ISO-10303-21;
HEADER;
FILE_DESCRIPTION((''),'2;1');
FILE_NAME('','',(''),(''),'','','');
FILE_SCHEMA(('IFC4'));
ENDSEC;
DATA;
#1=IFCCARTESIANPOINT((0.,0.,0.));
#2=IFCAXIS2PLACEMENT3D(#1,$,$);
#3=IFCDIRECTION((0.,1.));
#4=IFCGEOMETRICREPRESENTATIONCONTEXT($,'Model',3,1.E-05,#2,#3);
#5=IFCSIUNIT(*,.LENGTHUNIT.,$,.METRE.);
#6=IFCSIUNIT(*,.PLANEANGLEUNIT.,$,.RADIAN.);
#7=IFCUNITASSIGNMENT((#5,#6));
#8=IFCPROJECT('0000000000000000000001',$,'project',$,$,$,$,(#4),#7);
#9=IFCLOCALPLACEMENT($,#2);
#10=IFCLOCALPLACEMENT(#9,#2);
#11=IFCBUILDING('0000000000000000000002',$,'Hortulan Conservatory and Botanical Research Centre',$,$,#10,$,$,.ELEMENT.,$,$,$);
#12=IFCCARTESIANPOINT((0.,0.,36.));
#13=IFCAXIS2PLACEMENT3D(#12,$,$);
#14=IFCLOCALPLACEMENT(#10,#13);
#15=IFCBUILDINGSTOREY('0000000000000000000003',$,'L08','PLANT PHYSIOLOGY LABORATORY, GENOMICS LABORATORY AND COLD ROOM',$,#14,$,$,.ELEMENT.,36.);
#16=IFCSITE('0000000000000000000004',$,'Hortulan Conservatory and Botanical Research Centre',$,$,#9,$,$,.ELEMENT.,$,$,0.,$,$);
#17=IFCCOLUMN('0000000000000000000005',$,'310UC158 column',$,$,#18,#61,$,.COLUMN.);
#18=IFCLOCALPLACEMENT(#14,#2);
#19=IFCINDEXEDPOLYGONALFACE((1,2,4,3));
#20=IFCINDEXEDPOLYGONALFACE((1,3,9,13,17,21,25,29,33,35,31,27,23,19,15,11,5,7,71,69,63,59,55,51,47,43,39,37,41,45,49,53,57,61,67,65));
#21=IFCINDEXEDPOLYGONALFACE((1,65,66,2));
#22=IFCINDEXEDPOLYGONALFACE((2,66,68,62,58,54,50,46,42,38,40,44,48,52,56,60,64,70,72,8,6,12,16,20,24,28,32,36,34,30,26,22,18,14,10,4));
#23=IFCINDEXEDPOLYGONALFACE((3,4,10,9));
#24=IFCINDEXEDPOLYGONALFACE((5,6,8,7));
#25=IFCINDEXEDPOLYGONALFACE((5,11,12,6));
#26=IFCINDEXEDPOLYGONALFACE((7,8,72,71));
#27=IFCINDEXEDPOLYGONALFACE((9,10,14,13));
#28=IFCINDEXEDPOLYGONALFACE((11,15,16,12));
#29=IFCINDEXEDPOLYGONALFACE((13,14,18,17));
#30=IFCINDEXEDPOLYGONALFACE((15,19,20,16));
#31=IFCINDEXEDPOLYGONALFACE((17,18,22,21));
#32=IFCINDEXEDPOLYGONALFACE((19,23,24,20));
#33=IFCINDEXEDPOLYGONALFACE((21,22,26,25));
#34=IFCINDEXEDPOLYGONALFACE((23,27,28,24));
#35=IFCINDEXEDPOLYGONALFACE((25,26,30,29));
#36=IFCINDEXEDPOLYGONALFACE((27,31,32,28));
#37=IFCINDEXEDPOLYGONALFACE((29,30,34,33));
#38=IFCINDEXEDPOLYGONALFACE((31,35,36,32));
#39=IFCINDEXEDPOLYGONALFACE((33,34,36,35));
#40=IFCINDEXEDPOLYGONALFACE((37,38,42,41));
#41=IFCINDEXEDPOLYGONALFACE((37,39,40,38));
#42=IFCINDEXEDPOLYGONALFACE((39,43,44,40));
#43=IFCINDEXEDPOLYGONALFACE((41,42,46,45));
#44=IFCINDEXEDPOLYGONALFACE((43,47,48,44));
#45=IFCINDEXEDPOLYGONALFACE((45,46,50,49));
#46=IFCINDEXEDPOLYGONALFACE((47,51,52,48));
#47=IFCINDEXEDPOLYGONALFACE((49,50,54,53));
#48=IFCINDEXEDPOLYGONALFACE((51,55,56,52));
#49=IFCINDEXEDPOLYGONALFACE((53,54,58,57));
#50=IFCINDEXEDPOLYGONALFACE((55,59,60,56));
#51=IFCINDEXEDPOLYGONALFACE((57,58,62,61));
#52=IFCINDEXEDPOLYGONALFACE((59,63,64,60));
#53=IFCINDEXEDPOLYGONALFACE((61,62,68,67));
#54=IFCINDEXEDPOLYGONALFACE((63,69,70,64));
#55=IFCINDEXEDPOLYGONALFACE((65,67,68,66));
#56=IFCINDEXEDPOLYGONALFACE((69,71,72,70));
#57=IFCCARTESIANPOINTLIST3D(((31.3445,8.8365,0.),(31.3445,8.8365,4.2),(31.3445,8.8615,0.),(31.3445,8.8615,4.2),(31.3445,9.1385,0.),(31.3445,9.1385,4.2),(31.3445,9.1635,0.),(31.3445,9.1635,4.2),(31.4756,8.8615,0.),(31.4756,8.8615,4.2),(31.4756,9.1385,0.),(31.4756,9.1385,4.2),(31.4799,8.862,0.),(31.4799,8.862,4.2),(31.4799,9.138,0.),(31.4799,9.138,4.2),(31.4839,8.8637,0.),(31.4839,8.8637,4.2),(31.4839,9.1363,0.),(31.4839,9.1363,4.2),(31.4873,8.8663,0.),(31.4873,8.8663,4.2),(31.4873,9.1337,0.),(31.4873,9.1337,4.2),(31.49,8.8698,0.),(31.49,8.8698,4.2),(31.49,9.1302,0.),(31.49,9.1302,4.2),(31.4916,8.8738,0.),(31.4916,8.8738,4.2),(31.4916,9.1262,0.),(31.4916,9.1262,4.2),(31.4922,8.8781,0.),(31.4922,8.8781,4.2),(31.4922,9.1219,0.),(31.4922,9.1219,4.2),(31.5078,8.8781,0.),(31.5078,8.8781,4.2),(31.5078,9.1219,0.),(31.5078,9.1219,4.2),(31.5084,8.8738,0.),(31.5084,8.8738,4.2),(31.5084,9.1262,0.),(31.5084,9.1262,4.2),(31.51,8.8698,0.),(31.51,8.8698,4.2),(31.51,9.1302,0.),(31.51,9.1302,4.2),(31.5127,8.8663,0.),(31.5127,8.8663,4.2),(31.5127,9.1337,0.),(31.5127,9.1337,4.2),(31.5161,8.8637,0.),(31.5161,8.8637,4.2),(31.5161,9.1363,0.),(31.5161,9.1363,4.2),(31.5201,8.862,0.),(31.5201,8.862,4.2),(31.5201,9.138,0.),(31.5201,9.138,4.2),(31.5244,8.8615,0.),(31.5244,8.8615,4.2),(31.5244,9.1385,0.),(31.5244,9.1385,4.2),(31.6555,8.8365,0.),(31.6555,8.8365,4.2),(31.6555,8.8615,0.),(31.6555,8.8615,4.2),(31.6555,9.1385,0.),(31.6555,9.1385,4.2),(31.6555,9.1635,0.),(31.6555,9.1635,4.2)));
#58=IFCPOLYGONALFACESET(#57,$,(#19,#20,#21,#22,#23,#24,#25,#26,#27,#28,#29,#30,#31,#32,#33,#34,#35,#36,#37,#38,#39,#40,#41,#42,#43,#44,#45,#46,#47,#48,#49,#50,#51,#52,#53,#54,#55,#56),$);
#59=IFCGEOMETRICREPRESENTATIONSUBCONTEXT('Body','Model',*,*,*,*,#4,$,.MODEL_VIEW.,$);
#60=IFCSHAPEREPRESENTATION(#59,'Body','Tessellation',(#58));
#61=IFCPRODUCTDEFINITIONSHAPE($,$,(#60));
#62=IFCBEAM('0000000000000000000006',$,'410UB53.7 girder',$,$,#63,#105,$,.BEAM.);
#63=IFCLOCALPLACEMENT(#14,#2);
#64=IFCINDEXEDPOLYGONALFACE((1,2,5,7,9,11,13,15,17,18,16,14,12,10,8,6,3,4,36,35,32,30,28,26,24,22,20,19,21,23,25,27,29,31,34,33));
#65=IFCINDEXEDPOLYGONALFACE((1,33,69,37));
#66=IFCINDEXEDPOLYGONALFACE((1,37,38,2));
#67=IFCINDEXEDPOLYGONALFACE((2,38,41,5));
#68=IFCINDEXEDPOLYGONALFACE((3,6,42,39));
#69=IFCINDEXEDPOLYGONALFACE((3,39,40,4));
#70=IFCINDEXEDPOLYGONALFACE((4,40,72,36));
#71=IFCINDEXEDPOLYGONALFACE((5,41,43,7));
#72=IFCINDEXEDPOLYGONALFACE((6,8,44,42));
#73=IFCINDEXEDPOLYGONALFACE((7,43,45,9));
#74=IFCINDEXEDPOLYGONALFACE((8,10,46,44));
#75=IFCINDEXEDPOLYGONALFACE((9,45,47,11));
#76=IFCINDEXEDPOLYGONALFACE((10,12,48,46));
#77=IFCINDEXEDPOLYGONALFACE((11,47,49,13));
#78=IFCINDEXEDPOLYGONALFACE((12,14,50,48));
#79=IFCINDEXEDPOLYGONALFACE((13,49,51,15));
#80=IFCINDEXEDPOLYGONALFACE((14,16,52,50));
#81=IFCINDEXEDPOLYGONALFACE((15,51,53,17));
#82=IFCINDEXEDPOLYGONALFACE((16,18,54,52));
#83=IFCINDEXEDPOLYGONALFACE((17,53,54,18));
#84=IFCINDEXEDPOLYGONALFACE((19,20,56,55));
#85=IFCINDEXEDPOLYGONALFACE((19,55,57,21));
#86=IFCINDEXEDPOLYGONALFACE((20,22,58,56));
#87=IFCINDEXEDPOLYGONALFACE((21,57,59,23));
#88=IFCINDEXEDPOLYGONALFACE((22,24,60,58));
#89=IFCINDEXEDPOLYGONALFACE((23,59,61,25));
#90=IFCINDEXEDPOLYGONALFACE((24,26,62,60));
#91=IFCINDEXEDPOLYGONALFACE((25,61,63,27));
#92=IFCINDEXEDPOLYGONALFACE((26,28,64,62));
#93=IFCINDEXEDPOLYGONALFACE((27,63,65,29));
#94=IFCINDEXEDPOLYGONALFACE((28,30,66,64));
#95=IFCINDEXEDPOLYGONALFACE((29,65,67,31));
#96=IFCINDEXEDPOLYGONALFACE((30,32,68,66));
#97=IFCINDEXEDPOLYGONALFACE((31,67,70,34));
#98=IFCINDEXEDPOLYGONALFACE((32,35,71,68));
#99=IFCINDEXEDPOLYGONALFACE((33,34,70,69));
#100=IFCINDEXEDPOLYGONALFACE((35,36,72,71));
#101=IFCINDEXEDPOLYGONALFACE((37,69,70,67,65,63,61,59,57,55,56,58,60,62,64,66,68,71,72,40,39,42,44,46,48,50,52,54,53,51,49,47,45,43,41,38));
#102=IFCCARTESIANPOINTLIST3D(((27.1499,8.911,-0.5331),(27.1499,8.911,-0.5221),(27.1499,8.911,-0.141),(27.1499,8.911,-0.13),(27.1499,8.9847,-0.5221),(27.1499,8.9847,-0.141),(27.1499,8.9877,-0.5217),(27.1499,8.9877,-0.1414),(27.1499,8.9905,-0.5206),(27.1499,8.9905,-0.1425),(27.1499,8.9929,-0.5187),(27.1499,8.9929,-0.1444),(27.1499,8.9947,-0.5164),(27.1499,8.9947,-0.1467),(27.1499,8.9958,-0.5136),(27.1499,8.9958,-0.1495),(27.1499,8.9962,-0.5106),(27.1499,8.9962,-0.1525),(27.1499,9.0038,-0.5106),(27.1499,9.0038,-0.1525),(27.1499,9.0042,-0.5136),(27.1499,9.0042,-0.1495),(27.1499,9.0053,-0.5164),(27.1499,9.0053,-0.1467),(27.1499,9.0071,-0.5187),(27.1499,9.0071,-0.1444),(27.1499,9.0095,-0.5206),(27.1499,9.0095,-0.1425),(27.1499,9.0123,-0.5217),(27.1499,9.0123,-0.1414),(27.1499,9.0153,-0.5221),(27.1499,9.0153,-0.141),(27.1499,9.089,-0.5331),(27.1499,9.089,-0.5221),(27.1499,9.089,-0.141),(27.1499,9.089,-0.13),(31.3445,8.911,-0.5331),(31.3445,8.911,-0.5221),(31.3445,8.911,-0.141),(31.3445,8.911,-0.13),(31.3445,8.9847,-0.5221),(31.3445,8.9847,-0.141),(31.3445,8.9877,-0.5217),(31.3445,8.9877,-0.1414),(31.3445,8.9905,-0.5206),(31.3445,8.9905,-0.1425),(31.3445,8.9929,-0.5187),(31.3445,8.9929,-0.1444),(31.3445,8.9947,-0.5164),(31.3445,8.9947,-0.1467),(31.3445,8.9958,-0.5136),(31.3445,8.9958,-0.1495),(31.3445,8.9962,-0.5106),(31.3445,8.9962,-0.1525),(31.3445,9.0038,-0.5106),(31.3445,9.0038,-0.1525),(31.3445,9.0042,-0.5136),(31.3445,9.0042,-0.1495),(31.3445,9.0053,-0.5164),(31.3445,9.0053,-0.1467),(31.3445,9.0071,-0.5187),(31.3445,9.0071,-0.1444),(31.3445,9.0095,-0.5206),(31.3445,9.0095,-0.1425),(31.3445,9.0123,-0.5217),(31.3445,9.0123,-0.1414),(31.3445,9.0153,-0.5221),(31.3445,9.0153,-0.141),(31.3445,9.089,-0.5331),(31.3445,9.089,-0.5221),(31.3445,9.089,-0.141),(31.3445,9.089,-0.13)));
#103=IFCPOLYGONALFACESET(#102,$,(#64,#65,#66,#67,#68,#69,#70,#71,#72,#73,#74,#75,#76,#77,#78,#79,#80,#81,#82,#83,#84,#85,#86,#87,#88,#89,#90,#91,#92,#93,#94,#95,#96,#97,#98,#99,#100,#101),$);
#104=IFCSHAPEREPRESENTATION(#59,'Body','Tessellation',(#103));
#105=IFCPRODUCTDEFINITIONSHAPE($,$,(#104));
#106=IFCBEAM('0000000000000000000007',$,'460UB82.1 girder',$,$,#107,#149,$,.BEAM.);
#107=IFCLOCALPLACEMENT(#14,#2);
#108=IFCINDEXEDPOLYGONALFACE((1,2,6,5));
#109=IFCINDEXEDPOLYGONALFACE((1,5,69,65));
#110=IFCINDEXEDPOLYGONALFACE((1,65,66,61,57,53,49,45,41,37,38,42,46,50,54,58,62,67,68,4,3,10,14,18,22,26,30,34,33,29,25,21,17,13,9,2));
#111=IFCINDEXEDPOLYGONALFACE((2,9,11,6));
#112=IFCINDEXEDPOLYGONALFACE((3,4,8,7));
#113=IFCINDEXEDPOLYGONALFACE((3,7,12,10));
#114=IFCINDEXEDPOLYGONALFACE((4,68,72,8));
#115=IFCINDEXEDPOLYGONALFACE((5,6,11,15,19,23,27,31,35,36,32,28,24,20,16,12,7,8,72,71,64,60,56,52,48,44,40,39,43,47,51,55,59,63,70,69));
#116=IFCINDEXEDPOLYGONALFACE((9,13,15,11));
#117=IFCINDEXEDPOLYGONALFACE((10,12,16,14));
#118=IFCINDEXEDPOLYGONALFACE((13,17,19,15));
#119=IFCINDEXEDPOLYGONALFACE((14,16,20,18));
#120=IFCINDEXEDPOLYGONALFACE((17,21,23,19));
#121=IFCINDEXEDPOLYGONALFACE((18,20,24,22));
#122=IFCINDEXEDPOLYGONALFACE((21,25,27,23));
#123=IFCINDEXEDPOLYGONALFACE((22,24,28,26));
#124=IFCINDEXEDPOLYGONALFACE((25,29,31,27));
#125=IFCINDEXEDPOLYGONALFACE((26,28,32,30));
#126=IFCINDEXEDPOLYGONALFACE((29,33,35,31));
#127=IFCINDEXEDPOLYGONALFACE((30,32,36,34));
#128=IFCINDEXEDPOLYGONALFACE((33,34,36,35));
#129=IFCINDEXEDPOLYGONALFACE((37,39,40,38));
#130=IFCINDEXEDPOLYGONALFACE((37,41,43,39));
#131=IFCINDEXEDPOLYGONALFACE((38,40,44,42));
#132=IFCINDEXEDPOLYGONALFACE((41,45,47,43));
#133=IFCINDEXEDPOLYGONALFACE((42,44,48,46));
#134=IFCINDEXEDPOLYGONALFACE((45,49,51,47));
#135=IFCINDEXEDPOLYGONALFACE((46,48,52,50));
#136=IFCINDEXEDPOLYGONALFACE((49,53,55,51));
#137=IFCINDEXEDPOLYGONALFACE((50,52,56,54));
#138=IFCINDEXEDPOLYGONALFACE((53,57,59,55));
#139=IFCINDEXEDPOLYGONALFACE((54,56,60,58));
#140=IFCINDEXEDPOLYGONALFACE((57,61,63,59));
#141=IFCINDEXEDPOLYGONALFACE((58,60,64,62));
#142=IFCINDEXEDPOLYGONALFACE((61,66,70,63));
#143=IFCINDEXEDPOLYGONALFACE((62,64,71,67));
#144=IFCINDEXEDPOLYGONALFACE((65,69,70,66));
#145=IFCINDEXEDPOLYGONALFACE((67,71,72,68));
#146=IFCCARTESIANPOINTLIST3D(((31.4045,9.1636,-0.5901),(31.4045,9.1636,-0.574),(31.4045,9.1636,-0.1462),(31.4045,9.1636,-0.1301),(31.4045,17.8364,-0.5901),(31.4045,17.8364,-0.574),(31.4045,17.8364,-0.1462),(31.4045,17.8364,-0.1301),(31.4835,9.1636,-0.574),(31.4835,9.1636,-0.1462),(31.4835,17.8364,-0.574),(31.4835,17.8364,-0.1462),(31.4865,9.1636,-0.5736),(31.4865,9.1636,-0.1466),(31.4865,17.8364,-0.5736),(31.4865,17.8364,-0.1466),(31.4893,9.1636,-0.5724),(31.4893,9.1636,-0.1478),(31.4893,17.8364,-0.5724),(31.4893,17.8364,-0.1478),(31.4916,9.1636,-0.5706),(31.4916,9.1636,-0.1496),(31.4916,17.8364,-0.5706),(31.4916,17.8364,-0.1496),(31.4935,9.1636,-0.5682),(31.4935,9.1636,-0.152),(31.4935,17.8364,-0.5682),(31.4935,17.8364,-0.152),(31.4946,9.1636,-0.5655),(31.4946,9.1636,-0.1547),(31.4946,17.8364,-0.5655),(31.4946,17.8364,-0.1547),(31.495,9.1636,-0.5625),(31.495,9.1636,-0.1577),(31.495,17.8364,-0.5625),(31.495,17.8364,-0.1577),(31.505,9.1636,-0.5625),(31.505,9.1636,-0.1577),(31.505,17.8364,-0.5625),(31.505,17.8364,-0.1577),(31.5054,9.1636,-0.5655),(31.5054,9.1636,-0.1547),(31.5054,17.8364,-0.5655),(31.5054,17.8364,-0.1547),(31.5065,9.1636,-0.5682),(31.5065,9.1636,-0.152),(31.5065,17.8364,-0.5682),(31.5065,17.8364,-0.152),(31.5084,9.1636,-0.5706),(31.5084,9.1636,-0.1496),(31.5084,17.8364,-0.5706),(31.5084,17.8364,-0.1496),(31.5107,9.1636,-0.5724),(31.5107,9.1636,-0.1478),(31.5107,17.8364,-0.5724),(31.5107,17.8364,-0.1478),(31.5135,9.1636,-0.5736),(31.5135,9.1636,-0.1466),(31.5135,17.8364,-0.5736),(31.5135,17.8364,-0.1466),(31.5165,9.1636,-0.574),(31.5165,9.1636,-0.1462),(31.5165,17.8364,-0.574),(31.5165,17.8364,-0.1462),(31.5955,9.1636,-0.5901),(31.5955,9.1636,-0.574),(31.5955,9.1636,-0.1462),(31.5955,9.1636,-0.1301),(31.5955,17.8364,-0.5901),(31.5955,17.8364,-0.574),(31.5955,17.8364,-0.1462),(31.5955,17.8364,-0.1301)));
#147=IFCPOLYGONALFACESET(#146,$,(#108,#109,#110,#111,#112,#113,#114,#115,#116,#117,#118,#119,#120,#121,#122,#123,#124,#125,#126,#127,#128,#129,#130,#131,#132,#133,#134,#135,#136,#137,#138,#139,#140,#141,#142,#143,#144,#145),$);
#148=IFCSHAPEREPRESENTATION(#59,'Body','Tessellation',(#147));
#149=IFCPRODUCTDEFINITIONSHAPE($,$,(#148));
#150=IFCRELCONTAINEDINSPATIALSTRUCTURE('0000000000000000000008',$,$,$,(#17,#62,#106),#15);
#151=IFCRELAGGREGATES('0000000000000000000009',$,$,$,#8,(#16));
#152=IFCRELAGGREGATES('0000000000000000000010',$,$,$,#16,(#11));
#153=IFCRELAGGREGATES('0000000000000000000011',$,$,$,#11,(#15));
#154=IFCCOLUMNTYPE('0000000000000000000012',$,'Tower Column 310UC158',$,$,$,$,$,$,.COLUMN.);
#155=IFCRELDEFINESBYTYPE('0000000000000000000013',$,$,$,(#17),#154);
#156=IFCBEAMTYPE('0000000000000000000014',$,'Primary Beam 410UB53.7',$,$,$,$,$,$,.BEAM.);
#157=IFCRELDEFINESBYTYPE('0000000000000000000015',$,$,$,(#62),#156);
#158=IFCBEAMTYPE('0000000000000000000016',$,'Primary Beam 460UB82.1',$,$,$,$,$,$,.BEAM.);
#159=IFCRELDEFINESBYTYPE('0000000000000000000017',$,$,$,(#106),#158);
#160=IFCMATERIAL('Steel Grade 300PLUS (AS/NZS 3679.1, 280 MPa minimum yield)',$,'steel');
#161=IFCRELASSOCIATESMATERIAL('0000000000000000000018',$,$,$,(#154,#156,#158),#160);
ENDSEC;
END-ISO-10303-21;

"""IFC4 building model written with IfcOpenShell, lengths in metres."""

from ifc_helpers import new_model, si_unit, direction, frame, origin, origin_2d, place, context, subcontext, project, spatial, i_section, extrude, material, material_profile, profile_set, type_object, element, save


model = new_model("IFC4")

# Units and contexts
model_context = context("Model", 3, precision=1e-05, world=origin(), true_north=direction((0.0, 1.0)))
body_context = subcontext(model_context, "Body", "Model", "MODEL_VIEW")
ifc_project = project(units=[si_unit("LENGTHUNIT", "METRE"), si_unit("PLANEANGLEUNIT", "RADIAN")], contexts=[model_context])

# Site, building, storey
site_placement = place(None, origin())
site = spatial("IfcSite", under=ifc_project, at=site_placement, Name="Hortulan Conservatory and Botanical Research Centre", CompositionType="ELEMENT", RefElevation=0.0)
building_placement = place(site_placement, origin())
building = spatial("IfcBuilding", under=site, at=building_placement, Name="Hortulan Conservatory and Botanical Research Centre", CompositionType="ELEMENT")
storey_placement = place(building_placement, frame((0.0, 0.0, 36.0)))
storey = spatial("IfcBuildingStorey", under=building, at=storey_placement, Name="L08", Description="PLANT PHYSIOLOGY LABORATORY, GENOMICS LABORATORY AND COLD ROOM", CompositionType="ELEMENT", Elevation=36.0)

# Column
ifc_material_1 = material(Name="Steel Grade 300PLUS (AS/NZS 3679.1, 280 MPa minimum yield)", Category="steel")
ifc_material_profile_1 = material_profile(ifc_material_1, i_section(OverallWidth=0.311, OverallDepth=0.3269, WebThickness=0.0156, FlangeThickness=0.0249, FilletRadius=0.0166, at=origin_2d()), Name="310UC158")
ifc_profile_set_1 = profile_set([ifc_material_profile_1], Name="Steel Grade 300PLUS (AS/NZS 3679.1, 280 MPa minimum yield)")
column_type = type_object("IfcColumnType", Name="Tower Column 310UC158", PredefinedType="COLUMN", material=ifc_profile_set_1)
column_placement = place(storey_placement, frame((31.5, 9.0, 0.0), z_axis=(0.0, 0.0, 1.0), x_axis=(1.0, 0.0, 0.0)))
element("IfcColumn", 1, at=column_placement, inside=storey, type_object=column_type, Name="310UC158 column", PredefinedType="COLUMN", context=body_context, shape_type="SweptSolid", body=[
    extrude(i_section(OverallWidth=0.311, OverallDepth=0.3269, WebThickness=0.0156, FlangeThickness=0.0249, FilletRadius=0.0166, at=origin_2d()), origin(), (0.0, 0.0, 1.0), 4.2),
])

# Beams
ifc_material_profile_2 = material_profile(ifc_material_1, i_section(OverallWidth=0.178, OverallDepth=0.4031, WebThickness=0.0076, FlangeThickness=0.011, FilletRadius=0.0115, at=origin_2d()), Name="410UB53.7")
ifc_profile_set_2 = profile_set([ifc_material_profile_2], Name="Steel Grade 300PLUS (AS/NZS 3679.1, 280 MPa minimum yield)")
beam_type_1 = type_object("IfcBeamType", Name="Primary Beam 410UB53.7", PredefinedType="BEAM", material=ifc_profile_set_2)
beam_1_placement = place(storey_placement, frame((27.1499, 9.0, -0.3315), z_axis=(1.0, 0.0, 0.0), x_axis=(0.0, 1.0, 0.0)))
element("IfcBeam", 2, at=beam_1_placement, inside=storey, type_object=beam_type_1, Name="410UB53.7 girder", PredefinedType="BEAM", context=body_context, shape_type="SweptSolid", body=[
    extrude(i_section(OverallWidth=0.178, OverallDepth=0.4031, WebThickness=0.0076, FlangeThickness=0.011, FilletRadius=0.0115, at=origin_2d()), origin(), (0.0, 0.0, 1.0), 4.1946),
])
ifc_material_profile_3 = material_profile(ifc_material_1, i_section(OverallWidth=0.1909, OverallDepth=0.46, WebThickness=0.01, FlangeThickness=0.0161, FilletRadius=0.0115, at=origin_2d()), Name="460UB82.1")
ifc_profile_set_3 = profile_set([ifc_material_profile_3], Name="Steel Grade 300PLUS (AS/NZS 3679.1, 280 MPa minimum yield)")
beam_type_2 = type_object("IfcBeamType", Name="Primary Beam 460UB82.1", PredefinedType="BEAM", material=ifc_profile_set_3)
beam_2_placement = place(storey_placement, frame((31.5, 9.1636, -0.3601), z_axis=(0.0, 1.0, 0.0), x_axis=(-1.0, 0.0, 0.0)))
element("IfcBeam", 3, at=beam_2_placement, inside=storey, type_object=beam_type_2, Name="460UB82.1 girder", PredefinedType="BEAM", context=body_context, shape_type="SweptSolid", body=[
    extrude(i_section(OverallWidth=0.1909, OverallDepth=0.46, WebThickness=0.01, FlangeThickness=0.0161, FilletRadius=0.0115, at=origin_2d()), origin(), (0.0, 0.0, 1.0), 8.6729),
])

save(model, "model.ifc")
